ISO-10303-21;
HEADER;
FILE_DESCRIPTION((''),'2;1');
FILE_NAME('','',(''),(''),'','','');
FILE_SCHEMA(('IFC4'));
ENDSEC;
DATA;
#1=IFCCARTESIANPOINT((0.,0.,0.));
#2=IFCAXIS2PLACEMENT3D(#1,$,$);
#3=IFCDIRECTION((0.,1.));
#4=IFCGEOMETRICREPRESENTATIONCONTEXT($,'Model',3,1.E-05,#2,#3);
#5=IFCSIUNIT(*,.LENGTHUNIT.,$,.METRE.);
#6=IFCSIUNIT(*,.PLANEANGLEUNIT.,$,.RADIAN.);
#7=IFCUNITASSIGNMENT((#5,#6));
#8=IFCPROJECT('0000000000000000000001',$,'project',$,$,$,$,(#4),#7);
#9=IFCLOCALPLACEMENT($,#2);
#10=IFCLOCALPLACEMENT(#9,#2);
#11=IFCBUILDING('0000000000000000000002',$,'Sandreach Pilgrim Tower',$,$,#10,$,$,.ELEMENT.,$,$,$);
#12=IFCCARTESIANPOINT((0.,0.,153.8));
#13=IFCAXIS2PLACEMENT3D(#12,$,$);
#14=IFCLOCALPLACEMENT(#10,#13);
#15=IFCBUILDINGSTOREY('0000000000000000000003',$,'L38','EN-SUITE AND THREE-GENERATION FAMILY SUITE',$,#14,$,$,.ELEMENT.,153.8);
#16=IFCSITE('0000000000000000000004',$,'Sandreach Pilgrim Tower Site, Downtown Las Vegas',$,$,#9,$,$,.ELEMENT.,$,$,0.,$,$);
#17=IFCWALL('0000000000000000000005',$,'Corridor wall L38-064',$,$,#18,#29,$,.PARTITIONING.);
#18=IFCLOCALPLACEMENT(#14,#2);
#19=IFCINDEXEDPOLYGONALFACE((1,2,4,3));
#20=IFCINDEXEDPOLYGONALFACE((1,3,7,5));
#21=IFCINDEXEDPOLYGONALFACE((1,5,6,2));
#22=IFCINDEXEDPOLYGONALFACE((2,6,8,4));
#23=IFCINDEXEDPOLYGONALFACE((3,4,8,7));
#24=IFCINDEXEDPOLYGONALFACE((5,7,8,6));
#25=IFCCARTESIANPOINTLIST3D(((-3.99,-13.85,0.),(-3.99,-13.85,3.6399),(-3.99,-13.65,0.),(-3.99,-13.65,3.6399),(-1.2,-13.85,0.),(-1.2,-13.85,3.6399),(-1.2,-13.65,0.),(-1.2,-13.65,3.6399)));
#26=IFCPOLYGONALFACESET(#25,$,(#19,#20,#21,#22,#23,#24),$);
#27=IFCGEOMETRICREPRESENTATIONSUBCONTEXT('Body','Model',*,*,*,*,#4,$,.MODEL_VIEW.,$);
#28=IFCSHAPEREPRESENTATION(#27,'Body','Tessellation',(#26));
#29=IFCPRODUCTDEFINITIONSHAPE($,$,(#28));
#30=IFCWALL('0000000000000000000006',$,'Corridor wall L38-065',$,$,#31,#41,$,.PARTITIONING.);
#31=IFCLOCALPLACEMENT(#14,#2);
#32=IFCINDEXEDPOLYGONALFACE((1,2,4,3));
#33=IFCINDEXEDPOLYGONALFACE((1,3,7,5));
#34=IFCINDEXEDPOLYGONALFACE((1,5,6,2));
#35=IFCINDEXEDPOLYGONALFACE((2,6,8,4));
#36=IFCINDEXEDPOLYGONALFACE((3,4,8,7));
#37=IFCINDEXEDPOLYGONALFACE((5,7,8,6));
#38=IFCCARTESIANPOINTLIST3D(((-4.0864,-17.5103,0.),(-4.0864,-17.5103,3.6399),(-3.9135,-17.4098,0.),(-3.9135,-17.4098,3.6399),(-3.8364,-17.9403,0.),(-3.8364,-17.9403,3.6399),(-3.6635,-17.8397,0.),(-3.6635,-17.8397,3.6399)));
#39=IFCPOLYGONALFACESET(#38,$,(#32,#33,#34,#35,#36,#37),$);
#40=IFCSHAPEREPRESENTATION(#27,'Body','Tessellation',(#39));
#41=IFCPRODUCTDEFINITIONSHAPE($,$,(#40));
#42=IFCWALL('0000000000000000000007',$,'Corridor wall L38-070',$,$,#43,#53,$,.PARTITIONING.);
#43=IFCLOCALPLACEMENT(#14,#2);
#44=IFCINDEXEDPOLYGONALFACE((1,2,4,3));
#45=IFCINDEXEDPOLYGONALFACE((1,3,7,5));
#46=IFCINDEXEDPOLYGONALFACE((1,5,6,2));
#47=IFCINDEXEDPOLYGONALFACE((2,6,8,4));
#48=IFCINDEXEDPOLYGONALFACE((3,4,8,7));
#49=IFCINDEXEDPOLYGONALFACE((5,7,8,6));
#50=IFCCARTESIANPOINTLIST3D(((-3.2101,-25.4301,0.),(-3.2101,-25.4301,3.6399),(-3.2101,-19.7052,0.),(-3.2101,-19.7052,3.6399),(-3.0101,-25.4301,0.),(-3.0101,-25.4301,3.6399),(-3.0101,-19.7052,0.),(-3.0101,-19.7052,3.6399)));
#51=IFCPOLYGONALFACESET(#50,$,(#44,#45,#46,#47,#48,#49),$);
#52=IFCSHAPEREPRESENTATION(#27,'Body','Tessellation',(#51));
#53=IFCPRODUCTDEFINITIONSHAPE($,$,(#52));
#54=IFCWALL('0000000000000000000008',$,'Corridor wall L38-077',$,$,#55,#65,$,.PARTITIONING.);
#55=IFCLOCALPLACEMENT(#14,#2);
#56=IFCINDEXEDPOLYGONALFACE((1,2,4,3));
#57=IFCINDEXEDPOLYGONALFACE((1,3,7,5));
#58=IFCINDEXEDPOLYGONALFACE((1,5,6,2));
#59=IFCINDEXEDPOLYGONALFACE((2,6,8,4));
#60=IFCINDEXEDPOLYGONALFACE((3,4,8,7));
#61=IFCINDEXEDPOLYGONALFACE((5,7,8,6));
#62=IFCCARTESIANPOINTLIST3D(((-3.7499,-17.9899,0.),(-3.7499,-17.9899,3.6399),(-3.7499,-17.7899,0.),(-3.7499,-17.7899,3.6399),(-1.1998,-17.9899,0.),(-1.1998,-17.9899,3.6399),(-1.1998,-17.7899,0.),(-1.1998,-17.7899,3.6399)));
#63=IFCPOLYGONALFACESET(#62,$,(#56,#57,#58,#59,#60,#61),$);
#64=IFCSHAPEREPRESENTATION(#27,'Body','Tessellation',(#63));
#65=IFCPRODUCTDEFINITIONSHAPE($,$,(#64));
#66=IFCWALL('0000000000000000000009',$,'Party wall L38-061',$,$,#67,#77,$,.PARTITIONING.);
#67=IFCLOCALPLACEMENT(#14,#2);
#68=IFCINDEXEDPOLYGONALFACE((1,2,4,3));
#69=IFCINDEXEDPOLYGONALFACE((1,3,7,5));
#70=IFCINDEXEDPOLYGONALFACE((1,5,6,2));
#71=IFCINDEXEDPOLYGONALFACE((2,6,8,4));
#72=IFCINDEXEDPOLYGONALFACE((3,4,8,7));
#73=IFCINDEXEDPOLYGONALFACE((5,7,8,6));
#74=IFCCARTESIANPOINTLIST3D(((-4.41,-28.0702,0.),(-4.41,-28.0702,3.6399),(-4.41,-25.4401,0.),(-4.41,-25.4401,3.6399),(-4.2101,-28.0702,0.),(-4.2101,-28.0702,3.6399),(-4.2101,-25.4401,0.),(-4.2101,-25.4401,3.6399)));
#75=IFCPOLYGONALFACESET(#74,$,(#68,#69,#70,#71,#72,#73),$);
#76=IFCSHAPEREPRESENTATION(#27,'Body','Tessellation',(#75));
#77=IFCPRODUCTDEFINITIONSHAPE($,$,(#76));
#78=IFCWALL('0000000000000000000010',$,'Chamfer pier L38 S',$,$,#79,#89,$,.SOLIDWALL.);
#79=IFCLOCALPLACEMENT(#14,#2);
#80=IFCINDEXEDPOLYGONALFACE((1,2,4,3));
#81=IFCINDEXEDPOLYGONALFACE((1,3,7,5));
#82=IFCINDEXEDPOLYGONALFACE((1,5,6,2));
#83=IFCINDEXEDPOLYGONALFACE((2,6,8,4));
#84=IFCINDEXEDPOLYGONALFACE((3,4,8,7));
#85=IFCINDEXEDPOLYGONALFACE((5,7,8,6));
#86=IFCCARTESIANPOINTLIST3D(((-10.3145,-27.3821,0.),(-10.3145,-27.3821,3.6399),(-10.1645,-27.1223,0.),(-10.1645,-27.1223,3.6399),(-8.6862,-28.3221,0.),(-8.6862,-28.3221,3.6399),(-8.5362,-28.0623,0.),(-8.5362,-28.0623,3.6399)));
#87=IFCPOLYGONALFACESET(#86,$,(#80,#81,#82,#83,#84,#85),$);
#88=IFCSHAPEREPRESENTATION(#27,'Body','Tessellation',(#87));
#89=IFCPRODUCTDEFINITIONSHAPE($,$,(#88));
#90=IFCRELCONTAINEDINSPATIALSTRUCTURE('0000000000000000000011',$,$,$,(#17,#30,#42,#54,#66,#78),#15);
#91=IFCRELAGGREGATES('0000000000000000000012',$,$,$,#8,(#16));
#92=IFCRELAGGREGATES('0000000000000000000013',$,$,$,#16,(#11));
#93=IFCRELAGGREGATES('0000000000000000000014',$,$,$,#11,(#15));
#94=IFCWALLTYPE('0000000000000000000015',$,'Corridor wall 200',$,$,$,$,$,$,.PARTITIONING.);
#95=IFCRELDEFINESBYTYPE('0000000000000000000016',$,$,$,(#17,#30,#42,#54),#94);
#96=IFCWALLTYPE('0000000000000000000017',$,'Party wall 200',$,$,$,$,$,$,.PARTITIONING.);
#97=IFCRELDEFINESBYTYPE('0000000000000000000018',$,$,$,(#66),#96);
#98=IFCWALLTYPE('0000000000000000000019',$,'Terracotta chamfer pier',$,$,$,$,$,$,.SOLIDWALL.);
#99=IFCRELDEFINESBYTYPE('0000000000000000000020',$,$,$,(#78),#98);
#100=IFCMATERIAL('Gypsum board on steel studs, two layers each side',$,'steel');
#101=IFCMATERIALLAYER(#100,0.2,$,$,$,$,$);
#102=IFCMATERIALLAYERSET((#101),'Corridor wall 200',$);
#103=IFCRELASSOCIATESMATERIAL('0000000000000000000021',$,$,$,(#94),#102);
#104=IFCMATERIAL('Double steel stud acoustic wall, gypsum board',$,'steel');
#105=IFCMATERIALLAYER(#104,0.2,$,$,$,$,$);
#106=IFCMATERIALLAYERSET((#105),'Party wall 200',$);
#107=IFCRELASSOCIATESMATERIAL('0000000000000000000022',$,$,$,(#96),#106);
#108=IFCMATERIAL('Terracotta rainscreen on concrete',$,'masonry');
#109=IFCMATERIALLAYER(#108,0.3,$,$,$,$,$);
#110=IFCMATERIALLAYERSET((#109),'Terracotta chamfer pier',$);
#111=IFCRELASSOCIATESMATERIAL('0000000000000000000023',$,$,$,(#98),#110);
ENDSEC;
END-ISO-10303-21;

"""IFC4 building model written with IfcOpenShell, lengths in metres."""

from ifc_helpers import new_model, si_unit, direction, frame, frame_2d, origin, place, context, subcontext, project, spatial, rectangle, extrude, material, layer, layer_set, type_object, element, save


model = new_model("IFC4")

# Units and contexts
model_context = context("Model", 3, precision=1e-05, world=origin(), true_north=direction((0.0, 1.0)))
body_context = subcontext(model_context, "Body", "Model", "MODEL_VIEW")
ifc_project = project(units=[si_unit("LENGTHUNIT", "METRE"), si_unit("PLANEANGLEUNIT", "RADIAN")], contexts=[model_context])

# Site, building, storey
site_placement = place(None, origin())
site = spatial("IfcSite", under=ifc_project, at=site_placement, Name="Sandreach Pilgrim Tower Site, Downtown Las Vegas", CompositionType="ELEMENT", RefElevation=0.0)
building_placement = place(site_placement, origin())
building = spatial("IfcBuilding", under=site, at=building_placement, Name="Sandreach Pilgrim Tower", CompositionType="ELEMENT")
storey_placement = place(building_placement, frame((0.0, 0.0, 153.8)))
storey = spatial("IfcBuildingStorey", under=building, at=storey_placement, Name="L38", Description="EN-SUITE AND THREE-GENERATION FAMILY SUITE", CompositionType="ELEMENT", Elevation=153.8)

# Shared definitions
ifc_material_1 = material(Name="Gypsum board on steel studs, two layers each side", Category="steel")
ifc_layer_1 = layer(ifc_material_1, 0.2)
ifc_layer_set_1 = layer_set([ifc_layer_1], Name="Corridor wall 200")
wall_type_1 = type_object("IfcWallType", Name="Corridor wall 200", PredefinedType="PARTITIONING", material=ifc_layer_set_1)

# Walls
wall_1_placement = place(storey_placement, frame((-3.99, -13.75, 0.0), z_axis=(0.0, 0.0, 1.0), x_axis=(1.0, 0.0, 0.0)))
element("IfcWall", 1, at=wall_1_placement, inside=storey, type_object=wall_type_1, Name="Corridor wall L38-064", PredefinedType="PARTITIONING", context=body_context, shape_type="SweptSolid", body=[
    extrude(rectangle(XDim=2.79, YDim=0.2, at=frame_2d((1.395, 0.0))), origin(), (0.0, 0.0, 1.0), 3.6399),
])
wall_2_placement = place(storey_placement, frame((-3.75, -17.8899, 0.0), z_axis=(0.0, 0.0, 1.0), x_axis=(-0.50268, 0.864472, 0.0)))
element("IfcWall", 2, at=wall_2_placement, inside=storey, type_object=wall_type_1, Name="Corridor wall L38-065", PredefinedType="PARTITIONING", context=body_context, shape_type="SweptSolid", body=[
    extrude(rectangle(XDim=0.4973, YDim=0.2, at=frame_2d((0.2485, 0.0))), origin(), (0.0, 0.0, 1.0), 3.6399),
])
wall_3_placement = place(storey_placement, frame((-3.1101, -25.4299, 0.0), z_axis=(0.0, 0.0, 1.0), x_axis=(0.0, 1.0, 0.0)))
element("IfcWall", 3, at=wall_3_placement, inside=storey, type_object=wall_type_1, Name="Corridor wall L38-070", PredefinedType="PARTITIONING", context=body_context, shape_type="SweptSolid", body=[
    extrude(rectangle(XDim=5.7249, YDim=0.2, at=frame_2d((2.8623, 0.0))), origin(), (0.0, 0.0, 1.0), 3.6399),
])

# Walls
wall_4_placement = place(storey_placement, frame((-1.2, -17.8899, 0.0), z_axis=(0.0, 0.0, 1.0), x_axis=(-1.0, 0.0, 0.0)))
element("IfcWall", 4, at=wall_4_placement, inside=storey, type_object=wall_type_1, Name="Corridor wall L38-077", PredefinedType="PARTITIONING", context=body_context, shape_type="SweptSolid", body=[
    extrude(rectangle(XDim=2.55, YDim=0.2, at=frame_2d((1.2749, 0.0))), origin(), (0.0, 0.0, 1.0), 3.6399),
])
ifc_material_2 = material(Name="Double steel stud acoustic wall, gypsum board", Category="steel")
ifc_layer_2 = layer(ifc_material_2, 0.2)
ifc_layer_set_2 = layer_set([ifc_layer_2], Name="Party wall 200")
wall_type_2 = type_object("IfcWallType", Name="Party wall 200", PredefinedType="PARTITIONING", material=ifc_layer_set_2)
wall_5_placement = place(storey_placement, frame((-4.3101, -28.0701, 0.0), z_axis=(0.0, 0.0, 1.0), x_axis=(0.0, 1.0, 0.0)))
element("IfcWall", 5, at=wall_5_placement, inside=storey, type_object=wall_type_2, Name="Party wall L38-061", PredefinedType="PARTITIONING", context=body_context, shape_type="SweptSolid", body=[
    extrude(rectangle(XDim=2.6301, YDim=0.2, at=frame_2d((1.3149, 0.0))), origin(), (0.0, 0.0, 1.0), 3.6399),
])
ifc_material_3 = material(Name="Terracotta rainscreen on concrete", Category="masonry")
ifc_layer_3 = layer(ifc_material_3, 0.3)
ifc_layer_set_3 = layer_set([ifc_layer_3], Name="Terracotta chamfer pier")
wall_type_3 = type_object("IfcWallType", Name="Terracotta chamfer pier", PredefinedType="SOLIDWALL", material=ifc_layer_set_3)
wall_6_placement = place(storey_placement, frame((-8.6113, -28.1921, 0.0), z_axis=(0.0, 0.0, 1.0), x_axis=(-0.866045, 0.499966, 0.0)))
element("IfcWall", 6, at=wall_6_placement, inside=storey, type_object=wall_type_3, Name="Chamfer pier L38 S", PredefinedType="SOLIDWALL", context=body_context, shape_type="SweptSolid", body=[
    extrude(rectangle(XDim=1.8801, YDim=0.3, at=frame_2d((0.9399, 0.0))), origin(), (0.0, 0.0, 1.0), 3.6399),
])

save(model, "model.ifc")
